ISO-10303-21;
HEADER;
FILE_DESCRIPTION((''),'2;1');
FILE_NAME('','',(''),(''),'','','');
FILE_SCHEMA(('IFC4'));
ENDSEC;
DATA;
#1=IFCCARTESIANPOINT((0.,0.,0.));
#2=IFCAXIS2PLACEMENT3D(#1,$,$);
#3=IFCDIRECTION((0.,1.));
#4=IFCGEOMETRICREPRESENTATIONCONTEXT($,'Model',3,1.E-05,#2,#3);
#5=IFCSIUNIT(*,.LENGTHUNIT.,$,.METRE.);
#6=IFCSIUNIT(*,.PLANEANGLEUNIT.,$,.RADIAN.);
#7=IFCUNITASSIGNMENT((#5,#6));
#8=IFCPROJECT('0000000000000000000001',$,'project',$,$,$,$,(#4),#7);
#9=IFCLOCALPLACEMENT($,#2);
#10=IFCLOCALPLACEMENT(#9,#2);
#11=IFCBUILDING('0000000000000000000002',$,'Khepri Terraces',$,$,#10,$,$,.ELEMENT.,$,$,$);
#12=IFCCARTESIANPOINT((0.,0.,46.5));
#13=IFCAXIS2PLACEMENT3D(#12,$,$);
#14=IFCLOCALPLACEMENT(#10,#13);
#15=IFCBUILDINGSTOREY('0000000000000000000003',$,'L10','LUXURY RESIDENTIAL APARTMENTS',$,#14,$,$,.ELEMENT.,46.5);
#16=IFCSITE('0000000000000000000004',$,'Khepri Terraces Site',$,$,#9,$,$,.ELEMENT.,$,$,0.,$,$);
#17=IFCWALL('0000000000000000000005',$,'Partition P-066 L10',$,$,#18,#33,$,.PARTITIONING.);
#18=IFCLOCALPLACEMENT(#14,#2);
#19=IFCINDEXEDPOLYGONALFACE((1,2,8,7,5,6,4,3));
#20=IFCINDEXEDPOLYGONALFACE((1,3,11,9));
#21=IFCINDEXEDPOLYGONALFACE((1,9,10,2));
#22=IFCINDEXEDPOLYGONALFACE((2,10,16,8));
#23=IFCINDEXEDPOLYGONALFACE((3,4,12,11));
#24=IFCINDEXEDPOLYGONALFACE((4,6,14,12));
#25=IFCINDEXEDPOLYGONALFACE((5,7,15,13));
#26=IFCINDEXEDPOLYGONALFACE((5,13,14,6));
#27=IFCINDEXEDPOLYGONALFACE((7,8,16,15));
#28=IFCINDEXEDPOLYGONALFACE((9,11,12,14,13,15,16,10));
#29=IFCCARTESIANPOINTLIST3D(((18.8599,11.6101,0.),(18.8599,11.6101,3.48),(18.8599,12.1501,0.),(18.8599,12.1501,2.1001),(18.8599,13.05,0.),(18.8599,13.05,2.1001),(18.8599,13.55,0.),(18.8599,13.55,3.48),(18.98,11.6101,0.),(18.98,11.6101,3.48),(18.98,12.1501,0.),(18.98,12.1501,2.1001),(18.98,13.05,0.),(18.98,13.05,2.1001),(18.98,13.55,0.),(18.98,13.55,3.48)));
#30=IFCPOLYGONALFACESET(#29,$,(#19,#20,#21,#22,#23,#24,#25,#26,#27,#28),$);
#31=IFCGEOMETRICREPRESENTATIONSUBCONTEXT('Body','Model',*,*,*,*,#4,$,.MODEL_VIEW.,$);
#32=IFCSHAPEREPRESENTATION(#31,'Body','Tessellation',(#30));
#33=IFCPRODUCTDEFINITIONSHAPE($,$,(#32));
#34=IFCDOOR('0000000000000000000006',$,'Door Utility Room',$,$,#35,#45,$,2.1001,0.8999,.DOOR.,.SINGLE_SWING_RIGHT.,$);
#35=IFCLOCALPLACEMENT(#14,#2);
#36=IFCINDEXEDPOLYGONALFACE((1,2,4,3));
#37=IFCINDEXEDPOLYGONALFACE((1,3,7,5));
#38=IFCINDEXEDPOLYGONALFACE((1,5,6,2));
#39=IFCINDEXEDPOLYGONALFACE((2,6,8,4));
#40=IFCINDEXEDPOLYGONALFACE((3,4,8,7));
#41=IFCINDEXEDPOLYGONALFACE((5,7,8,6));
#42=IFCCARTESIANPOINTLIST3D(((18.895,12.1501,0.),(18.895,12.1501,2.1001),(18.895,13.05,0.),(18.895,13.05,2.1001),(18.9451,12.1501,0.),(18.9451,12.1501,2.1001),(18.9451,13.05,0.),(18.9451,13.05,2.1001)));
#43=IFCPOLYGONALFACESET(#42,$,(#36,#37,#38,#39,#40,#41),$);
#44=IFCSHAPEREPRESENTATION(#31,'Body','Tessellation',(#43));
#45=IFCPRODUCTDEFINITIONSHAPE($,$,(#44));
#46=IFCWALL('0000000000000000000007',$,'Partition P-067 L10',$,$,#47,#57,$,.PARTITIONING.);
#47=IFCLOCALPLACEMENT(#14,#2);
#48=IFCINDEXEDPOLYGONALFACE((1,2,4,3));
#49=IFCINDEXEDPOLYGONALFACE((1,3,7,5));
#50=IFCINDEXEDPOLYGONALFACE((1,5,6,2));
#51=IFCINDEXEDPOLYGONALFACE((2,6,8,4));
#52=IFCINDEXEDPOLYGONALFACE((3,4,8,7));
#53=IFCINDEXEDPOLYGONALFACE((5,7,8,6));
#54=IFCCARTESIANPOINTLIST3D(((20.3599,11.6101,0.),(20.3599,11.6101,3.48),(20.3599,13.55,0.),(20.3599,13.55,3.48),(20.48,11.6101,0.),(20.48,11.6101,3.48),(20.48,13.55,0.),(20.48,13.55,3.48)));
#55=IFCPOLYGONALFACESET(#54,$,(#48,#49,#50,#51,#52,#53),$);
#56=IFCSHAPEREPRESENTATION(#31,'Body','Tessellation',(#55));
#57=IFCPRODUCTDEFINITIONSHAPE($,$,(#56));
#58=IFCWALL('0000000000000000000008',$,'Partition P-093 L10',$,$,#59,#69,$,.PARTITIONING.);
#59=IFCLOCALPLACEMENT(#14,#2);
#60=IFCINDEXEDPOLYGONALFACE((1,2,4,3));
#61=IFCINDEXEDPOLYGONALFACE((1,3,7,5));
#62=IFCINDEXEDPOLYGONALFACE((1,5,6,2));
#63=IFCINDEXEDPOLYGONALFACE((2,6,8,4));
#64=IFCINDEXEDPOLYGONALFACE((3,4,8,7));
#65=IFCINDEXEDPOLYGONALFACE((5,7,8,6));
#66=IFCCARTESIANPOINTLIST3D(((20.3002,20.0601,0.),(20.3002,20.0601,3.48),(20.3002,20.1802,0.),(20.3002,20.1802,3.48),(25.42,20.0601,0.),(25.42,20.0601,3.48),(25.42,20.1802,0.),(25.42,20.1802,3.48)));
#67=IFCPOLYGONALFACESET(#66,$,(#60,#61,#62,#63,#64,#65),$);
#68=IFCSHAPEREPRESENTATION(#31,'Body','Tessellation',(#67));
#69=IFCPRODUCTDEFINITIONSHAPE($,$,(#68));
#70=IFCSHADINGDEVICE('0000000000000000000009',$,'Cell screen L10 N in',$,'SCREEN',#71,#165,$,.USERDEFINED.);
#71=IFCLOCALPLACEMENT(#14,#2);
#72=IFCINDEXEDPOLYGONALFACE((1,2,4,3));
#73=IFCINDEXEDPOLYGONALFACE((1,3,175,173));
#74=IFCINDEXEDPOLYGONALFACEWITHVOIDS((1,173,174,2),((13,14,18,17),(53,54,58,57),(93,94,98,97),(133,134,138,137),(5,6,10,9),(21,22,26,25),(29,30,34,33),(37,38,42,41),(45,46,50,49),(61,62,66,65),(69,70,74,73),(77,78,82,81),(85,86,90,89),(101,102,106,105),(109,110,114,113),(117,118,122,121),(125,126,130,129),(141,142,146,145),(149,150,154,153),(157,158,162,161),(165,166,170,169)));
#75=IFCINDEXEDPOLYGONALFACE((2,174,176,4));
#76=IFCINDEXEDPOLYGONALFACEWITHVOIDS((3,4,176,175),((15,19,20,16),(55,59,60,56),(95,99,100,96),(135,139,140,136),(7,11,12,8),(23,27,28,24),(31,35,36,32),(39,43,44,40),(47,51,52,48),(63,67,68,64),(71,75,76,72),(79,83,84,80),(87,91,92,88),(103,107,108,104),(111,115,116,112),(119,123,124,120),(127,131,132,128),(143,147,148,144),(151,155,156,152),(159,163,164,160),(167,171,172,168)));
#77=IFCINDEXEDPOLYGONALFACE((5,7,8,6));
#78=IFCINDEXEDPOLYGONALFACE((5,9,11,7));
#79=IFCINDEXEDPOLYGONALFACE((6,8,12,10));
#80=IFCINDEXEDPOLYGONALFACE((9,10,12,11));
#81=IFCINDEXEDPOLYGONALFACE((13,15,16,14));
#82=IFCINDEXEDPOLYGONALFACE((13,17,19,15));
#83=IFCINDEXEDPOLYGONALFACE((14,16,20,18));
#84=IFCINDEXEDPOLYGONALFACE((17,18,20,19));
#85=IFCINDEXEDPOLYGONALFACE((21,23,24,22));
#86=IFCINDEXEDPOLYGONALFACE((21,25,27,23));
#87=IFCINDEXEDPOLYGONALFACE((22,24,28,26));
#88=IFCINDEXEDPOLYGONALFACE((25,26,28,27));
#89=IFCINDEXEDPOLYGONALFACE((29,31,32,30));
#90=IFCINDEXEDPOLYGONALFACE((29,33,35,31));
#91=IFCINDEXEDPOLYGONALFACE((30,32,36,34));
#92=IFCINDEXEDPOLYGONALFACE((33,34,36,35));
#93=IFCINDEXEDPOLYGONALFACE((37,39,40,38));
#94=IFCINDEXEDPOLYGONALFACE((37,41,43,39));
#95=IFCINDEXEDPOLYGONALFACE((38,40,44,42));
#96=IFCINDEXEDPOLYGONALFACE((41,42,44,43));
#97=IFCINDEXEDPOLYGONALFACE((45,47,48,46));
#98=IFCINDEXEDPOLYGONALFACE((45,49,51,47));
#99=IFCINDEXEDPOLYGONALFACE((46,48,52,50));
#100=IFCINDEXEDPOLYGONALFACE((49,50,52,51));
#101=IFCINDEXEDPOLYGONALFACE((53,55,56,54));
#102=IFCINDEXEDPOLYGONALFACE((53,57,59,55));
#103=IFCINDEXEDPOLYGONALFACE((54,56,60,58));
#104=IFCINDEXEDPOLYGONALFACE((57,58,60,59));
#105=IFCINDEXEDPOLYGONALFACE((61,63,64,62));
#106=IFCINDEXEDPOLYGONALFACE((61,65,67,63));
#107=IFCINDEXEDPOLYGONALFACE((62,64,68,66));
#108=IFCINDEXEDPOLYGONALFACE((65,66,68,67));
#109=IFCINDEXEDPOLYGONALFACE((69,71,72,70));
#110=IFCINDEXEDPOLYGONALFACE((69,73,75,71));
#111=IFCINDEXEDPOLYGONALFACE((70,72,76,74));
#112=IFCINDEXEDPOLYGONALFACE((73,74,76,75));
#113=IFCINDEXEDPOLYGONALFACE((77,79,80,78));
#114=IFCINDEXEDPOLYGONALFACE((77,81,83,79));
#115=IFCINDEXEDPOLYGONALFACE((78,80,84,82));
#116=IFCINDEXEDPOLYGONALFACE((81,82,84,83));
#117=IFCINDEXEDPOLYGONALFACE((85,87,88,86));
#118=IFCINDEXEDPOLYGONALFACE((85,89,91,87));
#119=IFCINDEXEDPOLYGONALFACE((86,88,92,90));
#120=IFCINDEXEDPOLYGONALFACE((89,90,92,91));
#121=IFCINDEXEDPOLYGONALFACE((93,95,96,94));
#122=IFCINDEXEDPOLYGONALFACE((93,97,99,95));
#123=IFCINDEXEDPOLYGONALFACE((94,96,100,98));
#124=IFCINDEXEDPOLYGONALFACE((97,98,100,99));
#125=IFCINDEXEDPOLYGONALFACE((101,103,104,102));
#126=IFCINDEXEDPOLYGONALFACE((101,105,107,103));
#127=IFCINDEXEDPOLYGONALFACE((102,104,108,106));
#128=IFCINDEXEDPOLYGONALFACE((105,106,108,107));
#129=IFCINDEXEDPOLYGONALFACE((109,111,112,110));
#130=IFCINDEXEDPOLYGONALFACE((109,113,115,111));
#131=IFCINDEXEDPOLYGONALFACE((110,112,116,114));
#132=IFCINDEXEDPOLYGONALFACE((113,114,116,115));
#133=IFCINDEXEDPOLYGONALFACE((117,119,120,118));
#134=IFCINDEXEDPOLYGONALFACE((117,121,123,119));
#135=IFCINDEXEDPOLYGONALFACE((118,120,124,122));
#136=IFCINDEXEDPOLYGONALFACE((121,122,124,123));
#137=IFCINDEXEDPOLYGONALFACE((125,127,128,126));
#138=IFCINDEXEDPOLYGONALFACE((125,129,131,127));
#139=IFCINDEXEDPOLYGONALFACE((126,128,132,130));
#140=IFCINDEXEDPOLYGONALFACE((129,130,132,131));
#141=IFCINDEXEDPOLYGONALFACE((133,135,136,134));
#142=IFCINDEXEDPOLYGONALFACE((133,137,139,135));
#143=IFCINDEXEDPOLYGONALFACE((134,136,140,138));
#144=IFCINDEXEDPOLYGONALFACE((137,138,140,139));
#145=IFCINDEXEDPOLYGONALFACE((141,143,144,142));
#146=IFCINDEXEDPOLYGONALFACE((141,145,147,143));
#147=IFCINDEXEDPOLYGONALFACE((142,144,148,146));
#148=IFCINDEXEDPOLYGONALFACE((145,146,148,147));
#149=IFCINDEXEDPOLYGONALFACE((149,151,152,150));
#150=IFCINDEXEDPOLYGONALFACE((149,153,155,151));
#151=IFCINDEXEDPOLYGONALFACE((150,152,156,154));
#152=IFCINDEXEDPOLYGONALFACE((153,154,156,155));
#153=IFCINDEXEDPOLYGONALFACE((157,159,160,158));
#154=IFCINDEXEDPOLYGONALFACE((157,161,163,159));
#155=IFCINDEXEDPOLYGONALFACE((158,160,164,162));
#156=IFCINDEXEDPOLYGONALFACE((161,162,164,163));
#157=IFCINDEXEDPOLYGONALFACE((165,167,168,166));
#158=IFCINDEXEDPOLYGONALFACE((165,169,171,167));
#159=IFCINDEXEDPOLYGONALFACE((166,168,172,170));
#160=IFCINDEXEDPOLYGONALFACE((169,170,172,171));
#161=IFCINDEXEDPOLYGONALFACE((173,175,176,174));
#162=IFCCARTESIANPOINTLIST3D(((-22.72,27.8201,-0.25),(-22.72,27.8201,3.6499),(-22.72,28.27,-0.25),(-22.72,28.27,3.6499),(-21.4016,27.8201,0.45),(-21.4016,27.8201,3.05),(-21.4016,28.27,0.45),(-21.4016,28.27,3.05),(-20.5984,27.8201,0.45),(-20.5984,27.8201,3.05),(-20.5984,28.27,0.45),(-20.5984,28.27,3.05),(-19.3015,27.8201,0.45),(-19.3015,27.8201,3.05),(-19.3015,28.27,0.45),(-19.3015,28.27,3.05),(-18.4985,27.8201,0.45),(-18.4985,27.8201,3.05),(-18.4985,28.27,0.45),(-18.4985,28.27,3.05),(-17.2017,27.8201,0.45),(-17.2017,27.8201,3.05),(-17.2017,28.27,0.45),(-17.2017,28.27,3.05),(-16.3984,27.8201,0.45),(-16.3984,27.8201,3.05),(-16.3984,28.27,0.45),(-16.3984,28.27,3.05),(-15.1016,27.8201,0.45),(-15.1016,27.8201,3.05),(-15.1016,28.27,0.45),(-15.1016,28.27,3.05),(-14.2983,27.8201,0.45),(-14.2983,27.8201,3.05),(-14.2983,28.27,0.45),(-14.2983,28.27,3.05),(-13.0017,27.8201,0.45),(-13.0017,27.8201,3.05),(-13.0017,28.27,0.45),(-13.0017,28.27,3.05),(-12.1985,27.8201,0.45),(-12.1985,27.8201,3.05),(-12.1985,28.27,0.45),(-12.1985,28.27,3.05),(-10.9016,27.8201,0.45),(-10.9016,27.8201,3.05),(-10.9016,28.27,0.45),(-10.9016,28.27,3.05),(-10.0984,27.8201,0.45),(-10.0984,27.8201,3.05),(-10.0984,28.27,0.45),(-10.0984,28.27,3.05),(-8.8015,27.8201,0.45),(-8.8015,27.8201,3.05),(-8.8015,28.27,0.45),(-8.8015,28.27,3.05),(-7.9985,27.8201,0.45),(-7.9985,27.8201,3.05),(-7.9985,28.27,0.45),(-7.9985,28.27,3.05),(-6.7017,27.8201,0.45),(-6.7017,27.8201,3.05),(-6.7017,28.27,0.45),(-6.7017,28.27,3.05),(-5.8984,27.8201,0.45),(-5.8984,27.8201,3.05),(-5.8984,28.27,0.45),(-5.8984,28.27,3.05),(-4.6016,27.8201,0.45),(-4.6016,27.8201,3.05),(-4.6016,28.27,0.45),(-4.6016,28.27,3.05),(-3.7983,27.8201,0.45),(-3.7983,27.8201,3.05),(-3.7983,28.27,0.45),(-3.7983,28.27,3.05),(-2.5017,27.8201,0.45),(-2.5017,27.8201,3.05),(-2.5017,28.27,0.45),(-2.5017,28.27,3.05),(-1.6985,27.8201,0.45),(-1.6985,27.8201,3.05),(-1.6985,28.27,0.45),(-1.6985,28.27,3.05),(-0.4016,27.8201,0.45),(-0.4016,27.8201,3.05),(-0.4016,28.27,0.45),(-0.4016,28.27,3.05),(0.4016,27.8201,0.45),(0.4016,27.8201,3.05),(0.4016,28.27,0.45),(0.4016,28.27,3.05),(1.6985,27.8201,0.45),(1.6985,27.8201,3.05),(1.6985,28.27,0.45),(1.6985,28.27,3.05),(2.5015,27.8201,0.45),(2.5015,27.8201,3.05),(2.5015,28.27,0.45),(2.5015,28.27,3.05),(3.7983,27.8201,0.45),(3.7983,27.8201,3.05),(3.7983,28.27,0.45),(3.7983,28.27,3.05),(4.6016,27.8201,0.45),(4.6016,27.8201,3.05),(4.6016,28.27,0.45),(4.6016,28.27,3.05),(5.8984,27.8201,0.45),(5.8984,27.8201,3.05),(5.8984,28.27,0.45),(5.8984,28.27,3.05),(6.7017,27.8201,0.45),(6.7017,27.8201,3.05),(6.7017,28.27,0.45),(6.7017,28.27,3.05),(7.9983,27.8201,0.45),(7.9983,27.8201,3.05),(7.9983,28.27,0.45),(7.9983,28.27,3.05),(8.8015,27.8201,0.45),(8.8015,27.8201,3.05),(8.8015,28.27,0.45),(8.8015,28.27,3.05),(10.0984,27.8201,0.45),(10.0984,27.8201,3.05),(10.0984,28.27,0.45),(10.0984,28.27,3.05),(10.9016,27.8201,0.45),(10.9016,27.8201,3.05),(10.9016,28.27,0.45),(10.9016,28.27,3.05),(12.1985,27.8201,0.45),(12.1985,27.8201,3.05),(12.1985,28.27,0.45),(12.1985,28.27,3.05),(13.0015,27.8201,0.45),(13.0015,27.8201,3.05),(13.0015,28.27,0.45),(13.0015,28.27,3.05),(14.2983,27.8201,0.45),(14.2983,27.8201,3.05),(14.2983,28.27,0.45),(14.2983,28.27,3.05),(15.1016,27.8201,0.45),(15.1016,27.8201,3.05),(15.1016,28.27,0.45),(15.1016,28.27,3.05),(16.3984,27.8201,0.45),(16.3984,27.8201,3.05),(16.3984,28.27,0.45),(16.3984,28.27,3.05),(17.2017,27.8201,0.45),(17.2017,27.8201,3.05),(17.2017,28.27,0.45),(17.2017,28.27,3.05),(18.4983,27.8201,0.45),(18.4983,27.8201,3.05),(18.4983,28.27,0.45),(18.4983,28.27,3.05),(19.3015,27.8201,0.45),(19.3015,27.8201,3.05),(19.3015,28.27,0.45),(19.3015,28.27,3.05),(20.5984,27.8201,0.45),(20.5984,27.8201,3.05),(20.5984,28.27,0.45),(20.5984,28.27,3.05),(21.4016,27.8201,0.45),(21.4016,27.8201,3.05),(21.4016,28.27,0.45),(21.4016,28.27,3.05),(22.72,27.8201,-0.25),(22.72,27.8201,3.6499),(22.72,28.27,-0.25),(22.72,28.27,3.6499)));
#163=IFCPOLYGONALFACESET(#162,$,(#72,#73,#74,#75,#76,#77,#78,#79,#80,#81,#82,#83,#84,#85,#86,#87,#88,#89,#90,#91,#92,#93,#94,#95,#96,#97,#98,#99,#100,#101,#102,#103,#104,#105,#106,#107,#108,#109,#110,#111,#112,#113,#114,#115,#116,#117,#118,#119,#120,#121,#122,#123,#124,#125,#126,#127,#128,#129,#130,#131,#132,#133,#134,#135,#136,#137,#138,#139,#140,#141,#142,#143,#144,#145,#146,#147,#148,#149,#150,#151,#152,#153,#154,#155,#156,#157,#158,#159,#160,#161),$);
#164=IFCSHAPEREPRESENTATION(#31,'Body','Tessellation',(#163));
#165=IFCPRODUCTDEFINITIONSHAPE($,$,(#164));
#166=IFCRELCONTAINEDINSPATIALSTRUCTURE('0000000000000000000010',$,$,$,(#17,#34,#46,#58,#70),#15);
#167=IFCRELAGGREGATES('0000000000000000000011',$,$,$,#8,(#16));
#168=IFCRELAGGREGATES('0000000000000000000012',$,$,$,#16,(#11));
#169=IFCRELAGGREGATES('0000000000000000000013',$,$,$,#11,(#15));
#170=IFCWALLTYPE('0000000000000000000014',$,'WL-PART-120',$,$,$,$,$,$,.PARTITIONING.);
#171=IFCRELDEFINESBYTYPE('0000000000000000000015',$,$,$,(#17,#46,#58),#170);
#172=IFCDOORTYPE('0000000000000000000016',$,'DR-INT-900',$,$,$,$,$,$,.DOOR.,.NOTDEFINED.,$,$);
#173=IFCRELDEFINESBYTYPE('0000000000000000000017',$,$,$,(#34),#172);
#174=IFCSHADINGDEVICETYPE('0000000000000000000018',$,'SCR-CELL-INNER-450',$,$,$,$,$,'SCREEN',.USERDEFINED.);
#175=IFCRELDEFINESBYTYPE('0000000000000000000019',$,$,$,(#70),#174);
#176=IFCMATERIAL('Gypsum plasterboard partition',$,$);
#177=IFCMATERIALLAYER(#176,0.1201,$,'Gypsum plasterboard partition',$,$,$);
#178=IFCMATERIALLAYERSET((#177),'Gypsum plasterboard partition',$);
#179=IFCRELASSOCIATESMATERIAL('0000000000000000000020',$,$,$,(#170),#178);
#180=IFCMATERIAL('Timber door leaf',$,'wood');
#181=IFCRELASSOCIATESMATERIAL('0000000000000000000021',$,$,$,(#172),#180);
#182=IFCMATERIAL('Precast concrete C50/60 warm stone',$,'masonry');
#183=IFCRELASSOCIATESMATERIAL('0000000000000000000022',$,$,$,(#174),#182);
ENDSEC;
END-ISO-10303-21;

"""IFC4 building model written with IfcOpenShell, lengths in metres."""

from ifc_helpers import new_model, si_unit, direction, frame, frame_2d, origin, place, context, subcontext, project, spatial, polyline, rectangle, outline, extrude, material, layer, layer_set, type_object, element, fill, save


model = new_model("IFC4")

# Units and contexts
model_context = context("Model", 3, precision=1e-05, world=origin(), true_north=direction((0.0, 1.0)))
body_context = subcontext(model_context, "Body", "Model", "MODEL_VIEW")
ifc_project = project(units=[si_unit("LENGTHUNIT", "METRE"), si_unit("PLANEANGLEUNIT", "RADIAN")], contexts=[model_context])

# Site, building, storey
site_placement = place(None, origin())
site = spatial("IfcSite", under=ifc_project, at=site_placement, Name="Khepri Terraces Site", CompositionType="ELEMENT", RefElevation=0.0)
building_placement = place(site_placement, origin())
building = spatial("IfcBuilding", under=site, at=building_placement, Name="Khepri Terraces", CompositionType="ELEMENT")
storey_placement = place(building_placement, frame((0.0, 0.0, 46.5)))
storey = spatial("IfcBuildingStorey", under=building, at=storey_placement, Name="L10", Description="LUXURY RESIDENTIAL APARTMENTS", CompositionType="ELEMENT", Elevation=46.5)

# Shared definitions
ifc_material_1 = material(Name="Precast concrete C50/60 warm stone", Category="masonry")

# Wall, opening, door
ifc_material_2 = material(Name="Gypsum plasterboard partition")
ifc_layer_1 = layer(ifc_material_2, 0.1201, Name="Gypsum plasterboard partition")
ifc_layer_set_1 = layer_set([ifc_layer_1], Name="Gypsum plasterboard partition")
wall_type_1 = type_object("IfcWallType", Name="WL-PART-120", PredefinedType="PARTITIONING", material=ifc_layer_set_1)
wall_1_placement = place(storey_placement, frame((18.9199, 11.6101, 0.0), z_axis=(0.0, 0.0, 1.0), x_axis=(0.0, 1.0, 0.0)))
wall_1 = element("IfcWall", 1, at=wall_1_placement, inside=storey, type_object=wall_type_1, Name="Partition P-066 L10", PredefinedType="PARTITIONING", context=body_context, shape_type="SweptSolid", body=[
    extrude(rectangle(XDim=1.9399, YDim=0.1201, at=frame_2d((0.97, 0.0))), origin(), (0.0, 0.0, 1.0), 3.48),
])
opening_1_placement = place(wall_1_placement, frame((0.54, 0.0, 0.0)))
opening_1 = element("IfcOpeningElement", 2, at=opening_1_placement, cuts=wall_1, PredefinedType="OPENING", context=body_context, shape_type="SweptSolid", body=[
    extrude(rectangle(XDim=0.8999, YDim=2.1001, at=frame_2d((0.45, 1.05))), frame((0.0, 0.0701, 0.0), z_axis=(0.0, -1.0, 0.0), x_axis=(1.0, 0.0, 0.0)), (0.0, 0.0, 1.0), 0.1401),
])
ifc_material_3 = material(Name="Timber door leaf", Category="wood")
door_type_1 = type_object("IfcDoorType", Name="DR-INT-900", OperationType="NOTDEFINED", PredefinedType="DOOR", material=ifc_material_3)
door_1_placement = place(opening_1_placement, origin())
door_1 = element("IfcDoor", 3, at=door_1_placement, inside=storey, type_object=door_type_1, Name="Door Utility Room", OperationType="SINGLE_SWING_RIGHT", OverallHeight=2.1001, OverallWidth=0.8999, PredefinedType="DOOR", context=body_context, shape_type="SweptSolid", body=[
    extrude(rectangle(XDim=0.8999, YDim=2.1001, at=frame_2d((0.45, 1.05))), frame((0.0, 0.0249, 0.0), z_axis=(0.0, -1.0, 0.0), x_axis=(1.0, 0.0, 0.0)), (0.0, 0.0, 1.0), 0.05),
])
fill(opening_1, door_1)

# Walls
wall_2_placement = place(storey_placement, frame((20.4199, 11.6101, 0.0), z_axis=(0.0, 0.0, 1.0), x_axis=(0.0, 1.0, 0.0)))
element("IfcWall", 4, at=wall_2_placement, inside=storey, type_object=wall_type_1, Name="Partition P-067 L10", PredefinedType="PARTITIONING", context=body_context, shape_type="SweptSolid", body=[
    extrude(rectangle(XDim=1.9399, YDim=0.1201, at=frame_2d((0.97, 0.0))), origin(), (0.0, 0.0, 1.0), 3.48),
])
wall_3_placement = place(storey_placement, frame((20.3, 20.1201, 0.0), z_axis=(0.0, 0.0, 1.0), x_axis=(1.0, 0.0, 0.0)))
element("IfcWall", 5, at=wall_3_placement, inside=storey, type_object=wall_type_1, Name="Partition P-093 L10", PredefinedType="PARTITIONING", context=body_context, shape_type="SweptSolid", body=[
    extrude(rectangle(XDim=5.1199, YDim=0.1201, at=frame_2d((2.5601, 0.0))), origin(), (0.0, 0.0, 1.0), 3.48),
])

# Shading device
shading_device_type_1 = type_object("IfcShadingDeviceType", Name="SCR-CELL-INNER-450", ElementType="SCREEN", PredefinedType="USERDEFINED", material=ifc_material_1)
shading_device_1_placement = place(storey_placement, frame((22.72, 27.8201, -0.25), z_axis=(0.0, 1.0, 0.0), x_axis=(-1.0, 0.0, 0.0)))
element("IfcShadingDevice", 6, at=shading_device_1_placement, inside=storey, type_object=shading_device_type_1, Name="Cell screen L10 N in", ObjectType="SCREEN", PredefinedType="USERDEFINED", context=body_context, shape_type="SweptSolid", body=[
    extrude(outline(polyline([(0.0, 0.0), (45.4399, 0.0), (45.4399, 3.8999), (0.0, 3.8999), (0.0, 0.0)]), holes=[polyline([(1.3184, 0.7), (2.1216, 0.7), (2.1216, 3.3), (1.3184, 3.3), (1.3184, 0.7)]), polyline([(3.4185, 0.7), (4.2217, 0.7), (4.2217, 3.3), (3.4185, 3.3), (3.4185, 0.7)]), polyline([(5.5183, 0.7), (6.3215, 0.7), (6.3215, 3.3), (5.5183, 3.3), (5.5183, 0.7)]), polyline([(7.6184, 0.7), (8.4216, 0.7), (8.4216, 3.3), (7.6184, 3.3), (7.6184, 0.7)]), polyline([(9.7185, 0.7), (10.5215, 0.7), (10.5215, 3.3), (9.7185, 3.3), (9.7185, 0.7)]), polyline([(11.8184, 0.7), (12.6216, 0.7), (12.6216, 3.3), (11.8184, 3.3), (11.8184, 0.7)]), polyline([(13.9185, 0.7), (14.7217, 0.7), (14.7217, 3.3), (13.9185, 3.3), (13.9185, 0.7)]), polyline([(16.0183, 0.7), (16.8215, 0.7), (16.8215, 3.3), (16.0183, 3.3), (16.0183, 0.7)]), polyline([(18.1184, 0.7), (18.9216, 0.7), (18.9216, 3.3), (18.1184, 3.3), (18.1184, 0.7)]), polyline([(20.2185, 0.7), (21.0215, 0.7), (21.0215, 3.3), (20.2185, 3.3), (20.2185, 0.7)]), polyline([(22.3184, 0.7), (23.1216, 0.7), (23.1216, 3.3), (22.3184, 3.3), (22.3184, 0.7)]), polyline([(24.4185, 0.7), (25.2217, 0.7), (25.2217, 3.3), (24.4185, 3.3), (24.4185, 0.7)]), polyline([(26.5183, 0.7), (27.3215, 0.7), (27.3215, 3.3), (26.5183, 3.3), (26.5183, 0.7)]), polyline([(28.6184, 0.7), (29.4216, 0.7), (29.4216, 3.3), (28.6184, 3.3), (28.6184, 0.7)]), polyline([(30.7185, 0.7), (31.5215, 0.7), (31.5215, 3.3), (30.7185, 3.3), (30.7185, 0.7)]), polyline([(32.8184, 0.7), (33.6216, 0.7), (33.6216, 3.3), (32.8184, 3.3), (32.8184, 0.7)]), polyline([(34.9185, 0.7), (35.7217, 0.7), (35.7217, 3.3), (34.9185, 3.3), (34.9185, 0.7)]), polyline([(37.0183, 0.7), (37.8215, 0.7), (37.8215, 3.3), (37.0183, 3.3), (37.0183, 0.7)]), polyline([(39.1184, 0.7), (39.9216, 0.7), (39.9216, 3.3), (39.1184, 3.3), (39.1184, 0.7)]), polyline([(41.2185, 0.7), (42.0215, 0.7), (42.0215, 3.3), (41.2185, 3.3), (41.2185, 0.7)]), polyline([(43.3184, 0.7), (44.1216, 0.7), (44.1216, 3.3), (43.3184, 3.3), (43.3184, 0.7)])]), origin(), (0.0, 0.0, 1.0), 0.45),
])

save(model, "model.ifc")
